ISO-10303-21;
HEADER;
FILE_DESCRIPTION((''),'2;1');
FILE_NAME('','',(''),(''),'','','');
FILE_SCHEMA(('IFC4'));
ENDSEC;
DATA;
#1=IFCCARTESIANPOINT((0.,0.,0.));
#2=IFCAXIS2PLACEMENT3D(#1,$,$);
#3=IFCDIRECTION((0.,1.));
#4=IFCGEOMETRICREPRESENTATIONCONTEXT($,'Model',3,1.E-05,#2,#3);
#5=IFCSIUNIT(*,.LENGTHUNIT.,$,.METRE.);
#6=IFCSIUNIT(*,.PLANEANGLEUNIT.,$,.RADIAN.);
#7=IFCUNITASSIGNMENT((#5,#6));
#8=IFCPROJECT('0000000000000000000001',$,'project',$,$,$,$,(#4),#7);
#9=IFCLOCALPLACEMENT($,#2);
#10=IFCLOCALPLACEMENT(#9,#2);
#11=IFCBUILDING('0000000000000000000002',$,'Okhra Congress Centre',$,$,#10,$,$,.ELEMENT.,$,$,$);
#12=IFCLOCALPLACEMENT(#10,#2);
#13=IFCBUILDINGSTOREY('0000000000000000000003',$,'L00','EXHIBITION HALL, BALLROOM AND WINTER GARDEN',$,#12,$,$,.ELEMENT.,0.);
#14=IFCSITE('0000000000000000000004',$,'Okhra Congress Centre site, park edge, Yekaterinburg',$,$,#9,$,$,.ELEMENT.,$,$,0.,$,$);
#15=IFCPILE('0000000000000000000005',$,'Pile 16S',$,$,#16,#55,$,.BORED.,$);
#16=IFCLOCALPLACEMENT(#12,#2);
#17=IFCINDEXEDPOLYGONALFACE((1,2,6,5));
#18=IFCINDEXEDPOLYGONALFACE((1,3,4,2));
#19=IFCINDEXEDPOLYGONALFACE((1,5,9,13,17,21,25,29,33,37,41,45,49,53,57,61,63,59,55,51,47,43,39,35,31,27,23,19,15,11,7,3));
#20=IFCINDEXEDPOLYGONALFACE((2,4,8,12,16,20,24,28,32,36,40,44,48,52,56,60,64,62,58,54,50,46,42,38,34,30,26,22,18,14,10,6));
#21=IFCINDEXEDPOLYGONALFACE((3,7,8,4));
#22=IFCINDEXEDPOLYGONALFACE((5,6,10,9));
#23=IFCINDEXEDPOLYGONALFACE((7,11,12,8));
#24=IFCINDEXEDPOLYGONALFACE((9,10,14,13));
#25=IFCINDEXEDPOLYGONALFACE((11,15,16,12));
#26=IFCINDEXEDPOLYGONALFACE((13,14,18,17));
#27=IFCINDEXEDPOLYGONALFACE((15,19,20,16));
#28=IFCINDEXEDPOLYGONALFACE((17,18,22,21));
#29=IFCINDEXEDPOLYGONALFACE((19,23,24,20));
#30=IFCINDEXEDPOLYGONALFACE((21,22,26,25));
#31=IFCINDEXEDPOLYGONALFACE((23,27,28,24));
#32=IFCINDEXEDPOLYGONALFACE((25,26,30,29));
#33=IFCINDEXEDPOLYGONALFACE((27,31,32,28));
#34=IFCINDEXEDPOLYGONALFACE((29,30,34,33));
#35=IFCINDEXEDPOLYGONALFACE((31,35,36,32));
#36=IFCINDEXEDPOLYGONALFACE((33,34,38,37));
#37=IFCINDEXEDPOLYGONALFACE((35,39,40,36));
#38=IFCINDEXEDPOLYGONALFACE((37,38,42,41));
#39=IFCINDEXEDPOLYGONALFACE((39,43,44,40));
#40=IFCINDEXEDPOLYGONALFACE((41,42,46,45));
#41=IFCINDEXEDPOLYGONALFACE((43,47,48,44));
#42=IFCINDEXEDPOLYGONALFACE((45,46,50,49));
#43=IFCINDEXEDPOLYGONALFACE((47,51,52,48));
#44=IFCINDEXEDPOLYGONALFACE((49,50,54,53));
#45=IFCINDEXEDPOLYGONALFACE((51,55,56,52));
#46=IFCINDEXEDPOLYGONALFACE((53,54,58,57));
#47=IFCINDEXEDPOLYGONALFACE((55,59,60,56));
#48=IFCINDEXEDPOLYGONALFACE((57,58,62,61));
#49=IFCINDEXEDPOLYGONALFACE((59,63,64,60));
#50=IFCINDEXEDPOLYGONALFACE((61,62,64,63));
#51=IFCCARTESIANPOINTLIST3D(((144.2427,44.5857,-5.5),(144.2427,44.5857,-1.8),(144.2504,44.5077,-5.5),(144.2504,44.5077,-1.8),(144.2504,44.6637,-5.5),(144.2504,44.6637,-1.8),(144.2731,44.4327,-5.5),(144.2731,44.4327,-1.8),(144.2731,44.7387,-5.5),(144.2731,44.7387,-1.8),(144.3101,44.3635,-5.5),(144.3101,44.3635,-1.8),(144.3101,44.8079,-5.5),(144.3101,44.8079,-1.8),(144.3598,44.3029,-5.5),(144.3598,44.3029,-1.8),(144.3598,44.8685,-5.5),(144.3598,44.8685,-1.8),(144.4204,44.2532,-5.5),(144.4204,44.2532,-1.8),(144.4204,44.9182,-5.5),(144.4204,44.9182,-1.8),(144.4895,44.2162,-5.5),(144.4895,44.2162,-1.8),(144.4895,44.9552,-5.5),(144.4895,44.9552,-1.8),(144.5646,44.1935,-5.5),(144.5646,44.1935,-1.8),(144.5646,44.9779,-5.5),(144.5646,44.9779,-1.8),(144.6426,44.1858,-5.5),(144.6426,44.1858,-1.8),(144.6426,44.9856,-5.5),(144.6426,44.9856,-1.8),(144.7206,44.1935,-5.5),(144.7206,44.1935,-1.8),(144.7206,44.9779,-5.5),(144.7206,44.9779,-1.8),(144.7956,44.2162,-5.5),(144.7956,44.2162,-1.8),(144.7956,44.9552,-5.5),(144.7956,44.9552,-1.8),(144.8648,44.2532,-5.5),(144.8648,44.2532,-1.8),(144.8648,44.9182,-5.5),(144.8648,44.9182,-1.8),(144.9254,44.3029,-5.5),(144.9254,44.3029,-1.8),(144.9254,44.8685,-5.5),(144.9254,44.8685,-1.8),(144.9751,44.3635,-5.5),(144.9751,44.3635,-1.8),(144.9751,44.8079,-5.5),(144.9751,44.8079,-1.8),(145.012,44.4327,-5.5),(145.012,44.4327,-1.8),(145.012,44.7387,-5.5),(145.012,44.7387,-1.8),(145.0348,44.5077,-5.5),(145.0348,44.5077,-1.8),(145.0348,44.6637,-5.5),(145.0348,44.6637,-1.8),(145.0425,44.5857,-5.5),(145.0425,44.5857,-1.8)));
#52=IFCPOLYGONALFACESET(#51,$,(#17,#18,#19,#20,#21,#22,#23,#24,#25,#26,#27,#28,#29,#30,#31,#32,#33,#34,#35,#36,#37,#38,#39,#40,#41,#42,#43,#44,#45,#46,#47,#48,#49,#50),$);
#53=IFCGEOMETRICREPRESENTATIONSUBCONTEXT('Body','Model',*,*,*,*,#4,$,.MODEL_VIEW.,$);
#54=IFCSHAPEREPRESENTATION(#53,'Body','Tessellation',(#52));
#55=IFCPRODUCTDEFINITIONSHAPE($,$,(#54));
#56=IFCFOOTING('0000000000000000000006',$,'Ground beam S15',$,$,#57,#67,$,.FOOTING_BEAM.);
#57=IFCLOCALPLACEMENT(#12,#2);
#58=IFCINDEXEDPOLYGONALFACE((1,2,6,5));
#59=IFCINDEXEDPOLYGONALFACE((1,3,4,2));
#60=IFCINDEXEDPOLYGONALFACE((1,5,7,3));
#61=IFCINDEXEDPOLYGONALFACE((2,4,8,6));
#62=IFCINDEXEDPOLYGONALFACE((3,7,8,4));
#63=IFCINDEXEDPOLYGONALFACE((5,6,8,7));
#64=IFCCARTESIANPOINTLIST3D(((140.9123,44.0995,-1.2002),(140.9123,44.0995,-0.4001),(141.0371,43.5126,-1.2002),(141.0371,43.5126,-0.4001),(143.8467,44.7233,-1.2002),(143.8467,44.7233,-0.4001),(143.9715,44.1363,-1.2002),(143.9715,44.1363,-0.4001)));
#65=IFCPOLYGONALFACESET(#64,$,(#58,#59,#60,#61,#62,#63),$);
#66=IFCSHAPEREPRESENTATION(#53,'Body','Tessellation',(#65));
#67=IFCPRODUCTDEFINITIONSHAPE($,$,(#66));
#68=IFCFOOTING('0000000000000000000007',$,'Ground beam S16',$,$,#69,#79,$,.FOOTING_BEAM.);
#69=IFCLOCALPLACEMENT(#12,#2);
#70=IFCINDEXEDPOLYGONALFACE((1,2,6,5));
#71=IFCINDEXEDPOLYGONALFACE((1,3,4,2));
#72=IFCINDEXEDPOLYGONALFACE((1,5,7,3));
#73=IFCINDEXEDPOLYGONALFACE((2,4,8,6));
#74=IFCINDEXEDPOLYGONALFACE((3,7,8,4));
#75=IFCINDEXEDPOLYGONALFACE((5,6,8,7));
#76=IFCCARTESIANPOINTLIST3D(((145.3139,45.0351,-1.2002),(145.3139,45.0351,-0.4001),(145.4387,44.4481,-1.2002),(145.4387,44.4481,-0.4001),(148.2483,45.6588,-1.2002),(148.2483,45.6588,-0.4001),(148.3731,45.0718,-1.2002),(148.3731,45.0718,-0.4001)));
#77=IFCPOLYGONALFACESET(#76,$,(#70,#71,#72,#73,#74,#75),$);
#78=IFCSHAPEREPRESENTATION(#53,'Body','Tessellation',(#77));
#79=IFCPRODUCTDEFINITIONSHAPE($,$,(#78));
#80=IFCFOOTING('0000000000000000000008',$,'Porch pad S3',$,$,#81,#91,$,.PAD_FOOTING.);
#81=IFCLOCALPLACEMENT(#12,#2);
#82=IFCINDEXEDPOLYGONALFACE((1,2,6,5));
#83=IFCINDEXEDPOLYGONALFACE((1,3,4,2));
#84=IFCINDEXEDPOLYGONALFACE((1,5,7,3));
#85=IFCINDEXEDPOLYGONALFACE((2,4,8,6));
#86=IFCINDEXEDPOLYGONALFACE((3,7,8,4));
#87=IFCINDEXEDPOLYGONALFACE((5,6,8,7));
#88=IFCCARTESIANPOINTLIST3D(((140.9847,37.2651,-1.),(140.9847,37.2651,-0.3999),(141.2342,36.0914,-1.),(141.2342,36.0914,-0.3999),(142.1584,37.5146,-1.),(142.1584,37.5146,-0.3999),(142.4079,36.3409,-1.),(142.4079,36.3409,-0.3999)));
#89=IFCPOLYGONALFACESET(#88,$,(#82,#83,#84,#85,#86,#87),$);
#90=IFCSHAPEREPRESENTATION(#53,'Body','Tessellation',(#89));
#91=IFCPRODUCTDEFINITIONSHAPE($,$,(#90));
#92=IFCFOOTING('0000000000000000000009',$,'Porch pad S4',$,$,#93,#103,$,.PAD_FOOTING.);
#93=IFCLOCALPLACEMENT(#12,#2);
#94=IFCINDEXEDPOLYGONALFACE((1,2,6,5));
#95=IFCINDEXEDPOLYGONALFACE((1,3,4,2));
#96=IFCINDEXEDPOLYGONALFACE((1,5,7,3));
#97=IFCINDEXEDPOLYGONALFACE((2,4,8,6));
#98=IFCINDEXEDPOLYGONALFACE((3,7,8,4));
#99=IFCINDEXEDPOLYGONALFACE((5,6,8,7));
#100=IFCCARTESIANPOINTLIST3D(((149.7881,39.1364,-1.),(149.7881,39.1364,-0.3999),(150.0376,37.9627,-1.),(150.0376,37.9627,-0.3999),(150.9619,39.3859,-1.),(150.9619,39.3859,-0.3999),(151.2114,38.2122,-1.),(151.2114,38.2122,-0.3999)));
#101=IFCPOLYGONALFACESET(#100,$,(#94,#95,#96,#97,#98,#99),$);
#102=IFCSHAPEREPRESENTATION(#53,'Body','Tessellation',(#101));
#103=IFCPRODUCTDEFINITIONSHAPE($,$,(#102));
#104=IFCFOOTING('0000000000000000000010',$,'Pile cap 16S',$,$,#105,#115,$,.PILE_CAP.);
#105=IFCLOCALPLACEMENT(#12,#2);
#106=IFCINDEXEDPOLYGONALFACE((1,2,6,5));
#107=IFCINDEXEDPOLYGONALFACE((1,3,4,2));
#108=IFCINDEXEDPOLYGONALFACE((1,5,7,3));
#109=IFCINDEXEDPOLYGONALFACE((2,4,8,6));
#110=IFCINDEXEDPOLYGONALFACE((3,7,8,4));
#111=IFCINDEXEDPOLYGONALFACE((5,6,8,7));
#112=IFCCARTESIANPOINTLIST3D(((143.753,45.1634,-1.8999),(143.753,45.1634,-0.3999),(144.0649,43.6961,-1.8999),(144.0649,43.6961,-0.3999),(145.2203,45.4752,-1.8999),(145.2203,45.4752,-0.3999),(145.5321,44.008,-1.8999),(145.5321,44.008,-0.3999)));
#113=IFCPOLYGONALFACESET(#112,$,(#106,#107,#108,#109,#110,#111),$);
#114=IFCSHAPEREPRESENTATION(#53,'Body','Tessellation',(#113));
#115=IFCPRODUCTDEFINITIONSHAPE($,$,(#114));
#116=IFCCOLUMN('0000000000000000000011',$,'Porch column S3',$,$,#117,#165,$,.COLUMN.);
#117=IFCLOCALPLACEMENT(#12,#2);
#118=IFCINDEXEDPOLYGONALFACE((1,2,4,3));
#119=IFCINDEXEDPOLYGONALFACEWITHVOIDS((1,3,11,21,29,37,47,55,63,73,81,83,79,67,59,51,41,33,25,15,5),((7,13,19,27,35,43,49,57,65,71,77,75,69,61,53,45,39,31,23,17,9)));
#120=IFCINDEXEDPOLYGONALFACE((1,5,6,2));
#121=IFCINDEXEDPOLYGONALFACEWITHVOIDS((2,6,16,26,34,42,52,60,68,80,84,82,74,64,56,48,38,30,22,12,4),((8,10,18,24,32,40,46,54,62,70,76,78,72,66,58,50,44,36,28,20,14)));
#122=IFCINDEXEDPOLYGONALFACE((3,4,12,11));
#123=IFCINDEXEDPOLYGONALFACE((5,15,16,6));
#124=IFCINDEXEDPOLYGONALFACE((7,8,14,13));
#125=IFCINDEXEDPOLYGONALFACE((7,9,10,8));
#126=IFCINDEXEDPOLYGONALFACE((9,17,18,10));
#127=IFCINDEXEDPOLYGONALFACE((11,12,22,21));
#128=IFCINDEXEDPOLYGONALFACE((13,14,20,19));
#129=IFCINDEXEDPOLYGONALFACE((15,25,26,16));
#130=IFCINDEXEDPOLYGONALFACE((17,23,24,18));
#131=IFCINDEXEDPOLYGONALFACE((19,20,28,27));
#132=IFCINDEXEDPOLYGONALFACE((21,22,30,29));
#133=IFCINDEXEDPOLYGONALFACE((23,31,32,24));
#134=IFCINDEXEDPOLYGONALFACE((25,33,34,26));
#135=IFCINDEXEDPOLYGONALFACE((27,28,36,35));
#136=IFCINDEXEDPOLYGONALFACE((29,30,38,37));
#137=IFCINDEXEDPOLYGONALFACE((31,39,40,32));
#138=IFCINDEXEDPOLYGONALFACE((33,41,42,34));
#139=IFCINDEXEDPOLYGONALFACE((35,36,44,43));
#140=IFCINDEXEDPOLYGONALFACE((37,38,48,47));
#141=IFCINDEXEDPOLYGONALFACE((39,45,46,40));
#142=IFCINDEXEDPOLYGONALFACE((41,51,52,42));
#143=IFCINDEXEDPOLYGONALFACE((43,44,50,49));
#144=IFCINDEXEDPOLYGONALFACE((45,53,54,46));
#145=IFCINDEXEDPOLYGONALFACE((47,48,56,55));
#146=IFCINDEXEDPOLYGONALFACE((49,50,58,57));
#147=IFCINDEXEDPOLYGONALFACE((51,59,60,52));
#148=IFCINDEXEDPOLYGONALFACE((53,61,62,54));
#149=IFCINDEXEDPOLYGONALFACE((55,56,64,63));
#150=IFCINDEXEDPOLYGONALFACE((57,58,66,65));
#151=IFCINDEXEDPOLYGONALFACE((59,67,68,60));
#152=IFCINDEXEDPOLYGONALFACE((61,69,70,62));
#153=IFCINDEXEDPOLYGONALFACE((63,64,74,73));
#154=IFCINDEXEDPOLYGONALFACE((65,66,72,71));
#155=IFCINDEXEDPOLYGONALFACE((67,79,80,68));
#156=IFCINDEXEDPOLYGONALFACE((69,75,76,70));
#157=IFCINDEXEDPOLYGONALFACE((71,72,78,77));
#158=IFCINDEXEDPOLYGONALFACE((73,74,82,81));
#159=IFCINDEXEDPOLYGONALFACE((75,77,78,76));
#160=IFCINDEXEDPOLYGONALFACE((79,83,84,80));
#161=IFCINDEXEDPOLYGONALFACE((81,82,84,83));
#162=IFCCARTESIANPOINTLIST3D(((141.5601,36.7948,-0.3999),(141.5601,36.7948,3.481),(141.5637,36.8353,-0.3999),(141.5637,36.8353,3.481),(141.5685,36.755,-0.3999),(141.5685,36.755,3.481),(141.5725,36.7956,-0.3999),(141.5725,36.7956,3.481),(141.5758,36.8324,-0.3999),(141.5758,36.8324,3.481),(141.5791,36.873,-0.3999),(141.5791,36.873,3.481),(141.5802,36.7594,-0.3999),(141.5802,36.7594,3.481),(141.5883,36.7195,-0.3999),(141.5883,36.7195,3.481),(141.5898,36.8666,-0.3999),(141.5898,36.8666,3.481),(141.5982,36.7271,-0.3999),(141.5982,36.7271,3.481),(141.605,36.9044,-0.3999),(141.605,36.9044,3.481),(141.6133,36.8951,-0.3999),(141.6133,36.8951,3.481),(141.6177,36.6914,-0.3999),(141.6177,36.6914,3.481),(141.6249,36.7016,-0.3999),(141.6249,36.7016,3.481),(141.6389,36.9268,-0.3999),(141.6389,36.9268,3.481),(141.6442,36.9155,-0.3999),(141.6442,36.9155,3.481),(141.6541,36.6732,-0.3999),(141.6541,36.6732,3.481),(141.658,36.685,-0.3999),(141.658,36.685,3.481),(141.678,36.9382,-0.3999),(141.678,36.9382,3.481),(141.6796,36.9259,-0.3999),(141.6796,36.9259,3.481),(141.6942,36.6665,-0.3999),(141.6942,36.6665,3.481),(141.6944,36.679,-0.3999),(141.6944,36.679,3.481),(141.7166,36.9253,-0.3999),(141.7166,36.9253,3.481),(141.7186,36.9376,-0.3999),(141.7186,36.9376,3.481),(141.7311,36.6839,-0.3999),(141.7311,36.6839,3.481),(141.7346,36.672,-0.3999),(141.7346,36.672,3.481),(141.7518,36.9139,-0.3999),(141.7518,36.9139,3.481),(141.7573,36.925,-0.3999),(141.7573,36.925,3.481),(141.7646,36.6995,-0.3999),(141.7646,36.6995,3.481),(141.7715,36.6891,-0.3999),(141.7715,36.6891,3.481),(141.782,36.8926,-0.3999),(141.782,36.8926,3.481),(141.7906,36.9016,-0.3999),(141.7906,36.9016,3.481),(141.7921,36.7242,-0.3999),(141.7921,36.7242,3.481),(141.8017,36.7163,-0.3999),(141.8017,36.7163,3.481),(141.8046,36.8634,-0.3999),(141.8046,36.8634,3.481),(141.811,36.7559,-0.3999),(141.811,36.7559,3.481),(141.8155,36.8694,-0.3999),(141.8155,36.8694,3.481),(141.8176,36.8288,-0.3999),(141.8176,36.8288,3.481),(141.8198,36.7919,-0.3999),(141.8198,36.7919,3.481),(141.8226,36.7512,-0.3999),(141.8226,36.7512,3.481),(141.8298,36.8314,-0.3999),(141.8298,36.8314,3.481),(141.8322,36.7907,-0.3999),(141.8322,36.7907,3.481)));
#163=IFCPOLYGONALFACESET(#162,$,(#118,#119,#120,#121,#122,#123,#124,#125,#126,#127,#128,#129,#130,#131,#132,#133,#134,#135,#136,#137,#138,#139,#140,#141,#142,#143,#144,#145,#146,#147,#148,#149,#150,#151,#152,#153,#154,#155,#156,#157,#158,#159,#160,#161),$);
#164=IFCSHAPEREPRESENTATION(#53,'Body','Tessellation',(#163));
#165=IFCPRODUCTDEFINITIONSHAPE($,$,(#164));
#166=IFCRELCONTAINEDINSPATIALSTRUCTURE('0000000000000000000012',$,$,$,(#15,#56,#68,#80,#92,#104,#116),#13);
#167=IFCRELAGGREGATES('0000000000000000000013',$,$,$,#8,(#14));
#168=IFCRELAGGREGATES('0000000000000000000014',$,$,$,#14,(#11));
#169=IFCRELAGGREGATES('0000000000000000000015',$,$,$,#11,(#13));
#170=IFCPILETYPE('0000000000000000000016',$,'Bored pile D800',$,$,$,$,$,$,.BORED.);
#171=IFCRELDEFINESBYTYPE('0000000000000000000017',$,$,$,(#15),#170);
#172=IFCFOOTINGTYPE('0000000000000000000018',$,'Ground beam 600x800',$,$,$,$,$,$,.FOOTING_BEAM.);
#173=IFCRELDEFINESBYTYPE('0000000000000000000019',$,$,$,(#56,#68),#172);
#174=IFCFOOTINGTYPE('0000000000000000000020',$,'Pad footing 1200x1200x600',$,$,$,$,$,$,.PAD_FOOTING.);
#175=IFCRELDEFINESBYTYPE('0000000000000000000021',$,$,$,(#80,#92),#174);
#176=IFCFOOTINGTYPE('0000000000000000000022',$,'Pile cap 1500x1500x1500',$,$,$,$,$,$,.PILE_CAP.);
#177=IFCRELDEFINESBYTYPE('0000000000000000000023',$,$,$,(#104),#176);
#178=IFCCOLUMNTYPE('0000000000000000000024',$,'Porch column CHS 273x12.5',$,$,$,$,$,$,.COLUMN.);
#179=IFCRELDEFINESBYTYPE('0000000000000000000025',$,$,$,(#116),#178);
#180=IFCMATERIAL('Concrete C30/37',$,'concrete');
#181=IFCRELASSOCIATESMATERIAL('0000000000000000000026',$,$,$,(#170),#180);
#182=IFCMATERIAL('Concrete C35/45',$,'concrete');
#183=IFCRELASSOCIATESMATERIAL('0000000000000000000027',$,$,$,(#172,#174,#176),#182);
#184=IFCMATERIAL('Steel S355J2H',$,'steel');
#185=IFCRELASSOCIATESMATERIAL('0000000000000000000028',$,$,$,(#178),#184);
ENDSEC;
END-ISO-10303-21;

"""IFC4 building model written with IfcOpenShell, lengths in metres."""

from ifc_helpers import new_model, si_unit, direction, frame, origin, origin_2d, place, context, subcontext, project, spatial, rectangle, circle, hollow_circle, extrude, material, material_profile, profile_set, type_object, element, save


model = new_model("IFC4")

# Units and contexts
model_context = context("Model", 3, precision=1e-05, world=origin(), true_north=direction((0.0, 1.0)))
body_context = subcontext(model_context, "Body", "Model", "MODEL_VIEW")
ifc_project = project(units=[si_unit("LENGTHUNIT", "METRE"), si_unit("PLANEANGLEUNIT", "RADIAN")], contexts=[model_context])

# Site, building, storey
site_placement = place(None, origin())
site = spatial("IfcSite", under=ifc_project, at=site_placement, Name="Okhra Congress Centre site, park edge, Yekaterinburg", CompositionType="ELEMENT", RefElevation=0.0)
building_placement = place(site_placement, origin())
building = spatial("IfcBuilding", under=site, at=building_placement, Name="Okhra Congress Centre", CompositionType="ELEMENT")
storey_placement = place(building_placement, origin())
storey = spatial("IfcBuildingStorey", under=building, at=storey_placement, Name="L00", Description="EXHIBITION HALL, BALLROOM AND WINTER GARDEN", CompositionType="ELEMENT", Elevation=0.0)

# Pile
ifc_material_1 = material(Name="Concrete C30/37", Category="concrete")
ifc_material_profile_1 = material_profile(ifc_material_1, circle(Radius=0.3999, at=origin_2d()), Name="D800")
ifc_profile_set_1 = profile_set([ifc_material_profile_1], Name="Concrete C30/37")
pile_type = type_object("IfcPileType", Name="Bored pile D800", PredefinedType="BORED", material=ifc_profile_set_1)
pile_placement = place(storey_placement, frame((144.6426, 44.5857, -1.8), z_axis=(0.0, 0.0, -1.0), x_axis=(1.0, 0.0, 0.0)))
element("IfcPile", 1, at=pile_placement, inside=storey, type_object=pile_type, Name="Pile 16S", PredefinedType="BORED", context=body_context, shape_type="SweptSolid", body=[
    extrude(circle(Radius=0.3999, at=origin_2d()), origin(), (0.0, 0.0, 1.0), 3.7),
])

# Footings
ifc_material_2 = material(Name="Concrete C35/45", Category="concrete")
footing_type_1 = type_object("IfcFootingType", Name="Ground beam 600x800", PredefinedType="FOOTING_BEAM", material=ifc_material_2)
for number, where, z_axis, x_axis, name in (
    (2, (142.4419, 44.1179, -1.2002), (0.0, 0.0, 1.0), (0.978148, 0.207912, 0.0), "Ground beam S15"),
    (3, (146.8435, 45.0535, -1.2002), (0.0, 0.0, 1.0), (0.978148, 0.207912, 0.0), "Ground beam S16"),
):
    element("IfcFooting", number, at=place(storey_placement, frame(where, z_axis=z_axis, x_axis=x_axis)), inside=storey, type_object=footing_type_1, Name=name, PredefinedType="FOOTING_BEAM", context=body_context, shape_type="SweptSolid", body=[
        extrude(rectangle(XDim=3.0, YDim=0.6001, at=origin_2d()), origin(), (0.0, 0.0, 1.0), 0.8),
    ])
footing_type_2 = type_object("IfcFootingType", Name="Pad footing 1200x1200x600", PredefinedType="PAD_FOOTING", material=ifc_material_2)
for number, where, z_axis, x_axis, name in (
    (4, (141.6963, 36.803, -1.0), (0.0, 0.0, 1.0), (0.978148, 0.207912, 0.0), "Porch pad S3"),
    (5, (150.4998, 38.6743, -1.0), (0.0, 0.0, 1.0), (0.978148, 0.207912, 0.0), "Porch pad S4"),
):
    element("IfcFooting", number, at=place(storey_placement, frame(where, z_axis=z_axis, x_axis=x_axis)), inside=storey, type_object=footing_type_2, Name=name, PredefinedType="PAD_FOOTING", context=body_context, shape_type="SweptSolid", body=[
        extrude(rectangle(XDim=1.2, YDim=1.2, at=origin_2d()), origin(), (0.0, 0.0, 1.0), 0.6001),
    ])
footing_type_3 = type_object("IfcFootingType", Name="Pile cap 1500x1500x1500", PredefinedType="PILE_CAP", material=ifc_material_2)
footing_placement = place(storey_placement, frame((144.6426, 44.5857, -1.8999), z_axis=(0.0, 0.0, 1.0), x_axis=(0.978148, 0.207912, 0.0)))
element("IfcFooting", 6, at=footing_placement, inside=storey, type_object=footing_type_3, Name="Pile cap 16S", PredefinedType="PILE_CAP", context=body_context, shape_type="SweptSolid", body=[
    extrude(rectangle(XDim=1.5, YDim=1.5, at=origin_2d()), origin(), (0.0, 0.0, 1.0), 1.5),
])

# Column
ifc_material_3 = material(Name="Steel S355J2H", Category="steel")
ifc_material_profile_2 = material_profile(ifc_material_3, hollow_circle(Radius=0.1365, WallThickness=0.0125, at=origin_2d()), Name="CHS 273x12.5")
ifc_profile_set_2 = profile_set([ifc_material_profile_2], Name="Steel S355J2H")
column_type_1 = type_object("IfcColumnType", Name="Porch column CHS 273x12.5", PredefinedType="COLUMN", material=ifc_profile_set_2)
for number, where, z_axis, x_axis, name in (
    (7, (141.6963, 36.803, -0.3999), (0.0, 0.0, 1.0), (0.978148, 0.207912, 0.0), "Porch column S3"),
):
    element("IfcColumn", number, at=place(storey_placement, frame(where, z_axis=z_axis, x_axis=x_axis)), inside=storey, type_object=column_type_1, Name=name, PredefinedType="COLUMN", context=body_context, shape_type="SweptSolid", body=[
        extrude(hollow_circle(Radius=0.1365, WallThickness=0.0125, at=origin_2d()), origin(), (0.0, 0.0, 1.0), 3.8809),
    ])

save(model, "model.ifc")
